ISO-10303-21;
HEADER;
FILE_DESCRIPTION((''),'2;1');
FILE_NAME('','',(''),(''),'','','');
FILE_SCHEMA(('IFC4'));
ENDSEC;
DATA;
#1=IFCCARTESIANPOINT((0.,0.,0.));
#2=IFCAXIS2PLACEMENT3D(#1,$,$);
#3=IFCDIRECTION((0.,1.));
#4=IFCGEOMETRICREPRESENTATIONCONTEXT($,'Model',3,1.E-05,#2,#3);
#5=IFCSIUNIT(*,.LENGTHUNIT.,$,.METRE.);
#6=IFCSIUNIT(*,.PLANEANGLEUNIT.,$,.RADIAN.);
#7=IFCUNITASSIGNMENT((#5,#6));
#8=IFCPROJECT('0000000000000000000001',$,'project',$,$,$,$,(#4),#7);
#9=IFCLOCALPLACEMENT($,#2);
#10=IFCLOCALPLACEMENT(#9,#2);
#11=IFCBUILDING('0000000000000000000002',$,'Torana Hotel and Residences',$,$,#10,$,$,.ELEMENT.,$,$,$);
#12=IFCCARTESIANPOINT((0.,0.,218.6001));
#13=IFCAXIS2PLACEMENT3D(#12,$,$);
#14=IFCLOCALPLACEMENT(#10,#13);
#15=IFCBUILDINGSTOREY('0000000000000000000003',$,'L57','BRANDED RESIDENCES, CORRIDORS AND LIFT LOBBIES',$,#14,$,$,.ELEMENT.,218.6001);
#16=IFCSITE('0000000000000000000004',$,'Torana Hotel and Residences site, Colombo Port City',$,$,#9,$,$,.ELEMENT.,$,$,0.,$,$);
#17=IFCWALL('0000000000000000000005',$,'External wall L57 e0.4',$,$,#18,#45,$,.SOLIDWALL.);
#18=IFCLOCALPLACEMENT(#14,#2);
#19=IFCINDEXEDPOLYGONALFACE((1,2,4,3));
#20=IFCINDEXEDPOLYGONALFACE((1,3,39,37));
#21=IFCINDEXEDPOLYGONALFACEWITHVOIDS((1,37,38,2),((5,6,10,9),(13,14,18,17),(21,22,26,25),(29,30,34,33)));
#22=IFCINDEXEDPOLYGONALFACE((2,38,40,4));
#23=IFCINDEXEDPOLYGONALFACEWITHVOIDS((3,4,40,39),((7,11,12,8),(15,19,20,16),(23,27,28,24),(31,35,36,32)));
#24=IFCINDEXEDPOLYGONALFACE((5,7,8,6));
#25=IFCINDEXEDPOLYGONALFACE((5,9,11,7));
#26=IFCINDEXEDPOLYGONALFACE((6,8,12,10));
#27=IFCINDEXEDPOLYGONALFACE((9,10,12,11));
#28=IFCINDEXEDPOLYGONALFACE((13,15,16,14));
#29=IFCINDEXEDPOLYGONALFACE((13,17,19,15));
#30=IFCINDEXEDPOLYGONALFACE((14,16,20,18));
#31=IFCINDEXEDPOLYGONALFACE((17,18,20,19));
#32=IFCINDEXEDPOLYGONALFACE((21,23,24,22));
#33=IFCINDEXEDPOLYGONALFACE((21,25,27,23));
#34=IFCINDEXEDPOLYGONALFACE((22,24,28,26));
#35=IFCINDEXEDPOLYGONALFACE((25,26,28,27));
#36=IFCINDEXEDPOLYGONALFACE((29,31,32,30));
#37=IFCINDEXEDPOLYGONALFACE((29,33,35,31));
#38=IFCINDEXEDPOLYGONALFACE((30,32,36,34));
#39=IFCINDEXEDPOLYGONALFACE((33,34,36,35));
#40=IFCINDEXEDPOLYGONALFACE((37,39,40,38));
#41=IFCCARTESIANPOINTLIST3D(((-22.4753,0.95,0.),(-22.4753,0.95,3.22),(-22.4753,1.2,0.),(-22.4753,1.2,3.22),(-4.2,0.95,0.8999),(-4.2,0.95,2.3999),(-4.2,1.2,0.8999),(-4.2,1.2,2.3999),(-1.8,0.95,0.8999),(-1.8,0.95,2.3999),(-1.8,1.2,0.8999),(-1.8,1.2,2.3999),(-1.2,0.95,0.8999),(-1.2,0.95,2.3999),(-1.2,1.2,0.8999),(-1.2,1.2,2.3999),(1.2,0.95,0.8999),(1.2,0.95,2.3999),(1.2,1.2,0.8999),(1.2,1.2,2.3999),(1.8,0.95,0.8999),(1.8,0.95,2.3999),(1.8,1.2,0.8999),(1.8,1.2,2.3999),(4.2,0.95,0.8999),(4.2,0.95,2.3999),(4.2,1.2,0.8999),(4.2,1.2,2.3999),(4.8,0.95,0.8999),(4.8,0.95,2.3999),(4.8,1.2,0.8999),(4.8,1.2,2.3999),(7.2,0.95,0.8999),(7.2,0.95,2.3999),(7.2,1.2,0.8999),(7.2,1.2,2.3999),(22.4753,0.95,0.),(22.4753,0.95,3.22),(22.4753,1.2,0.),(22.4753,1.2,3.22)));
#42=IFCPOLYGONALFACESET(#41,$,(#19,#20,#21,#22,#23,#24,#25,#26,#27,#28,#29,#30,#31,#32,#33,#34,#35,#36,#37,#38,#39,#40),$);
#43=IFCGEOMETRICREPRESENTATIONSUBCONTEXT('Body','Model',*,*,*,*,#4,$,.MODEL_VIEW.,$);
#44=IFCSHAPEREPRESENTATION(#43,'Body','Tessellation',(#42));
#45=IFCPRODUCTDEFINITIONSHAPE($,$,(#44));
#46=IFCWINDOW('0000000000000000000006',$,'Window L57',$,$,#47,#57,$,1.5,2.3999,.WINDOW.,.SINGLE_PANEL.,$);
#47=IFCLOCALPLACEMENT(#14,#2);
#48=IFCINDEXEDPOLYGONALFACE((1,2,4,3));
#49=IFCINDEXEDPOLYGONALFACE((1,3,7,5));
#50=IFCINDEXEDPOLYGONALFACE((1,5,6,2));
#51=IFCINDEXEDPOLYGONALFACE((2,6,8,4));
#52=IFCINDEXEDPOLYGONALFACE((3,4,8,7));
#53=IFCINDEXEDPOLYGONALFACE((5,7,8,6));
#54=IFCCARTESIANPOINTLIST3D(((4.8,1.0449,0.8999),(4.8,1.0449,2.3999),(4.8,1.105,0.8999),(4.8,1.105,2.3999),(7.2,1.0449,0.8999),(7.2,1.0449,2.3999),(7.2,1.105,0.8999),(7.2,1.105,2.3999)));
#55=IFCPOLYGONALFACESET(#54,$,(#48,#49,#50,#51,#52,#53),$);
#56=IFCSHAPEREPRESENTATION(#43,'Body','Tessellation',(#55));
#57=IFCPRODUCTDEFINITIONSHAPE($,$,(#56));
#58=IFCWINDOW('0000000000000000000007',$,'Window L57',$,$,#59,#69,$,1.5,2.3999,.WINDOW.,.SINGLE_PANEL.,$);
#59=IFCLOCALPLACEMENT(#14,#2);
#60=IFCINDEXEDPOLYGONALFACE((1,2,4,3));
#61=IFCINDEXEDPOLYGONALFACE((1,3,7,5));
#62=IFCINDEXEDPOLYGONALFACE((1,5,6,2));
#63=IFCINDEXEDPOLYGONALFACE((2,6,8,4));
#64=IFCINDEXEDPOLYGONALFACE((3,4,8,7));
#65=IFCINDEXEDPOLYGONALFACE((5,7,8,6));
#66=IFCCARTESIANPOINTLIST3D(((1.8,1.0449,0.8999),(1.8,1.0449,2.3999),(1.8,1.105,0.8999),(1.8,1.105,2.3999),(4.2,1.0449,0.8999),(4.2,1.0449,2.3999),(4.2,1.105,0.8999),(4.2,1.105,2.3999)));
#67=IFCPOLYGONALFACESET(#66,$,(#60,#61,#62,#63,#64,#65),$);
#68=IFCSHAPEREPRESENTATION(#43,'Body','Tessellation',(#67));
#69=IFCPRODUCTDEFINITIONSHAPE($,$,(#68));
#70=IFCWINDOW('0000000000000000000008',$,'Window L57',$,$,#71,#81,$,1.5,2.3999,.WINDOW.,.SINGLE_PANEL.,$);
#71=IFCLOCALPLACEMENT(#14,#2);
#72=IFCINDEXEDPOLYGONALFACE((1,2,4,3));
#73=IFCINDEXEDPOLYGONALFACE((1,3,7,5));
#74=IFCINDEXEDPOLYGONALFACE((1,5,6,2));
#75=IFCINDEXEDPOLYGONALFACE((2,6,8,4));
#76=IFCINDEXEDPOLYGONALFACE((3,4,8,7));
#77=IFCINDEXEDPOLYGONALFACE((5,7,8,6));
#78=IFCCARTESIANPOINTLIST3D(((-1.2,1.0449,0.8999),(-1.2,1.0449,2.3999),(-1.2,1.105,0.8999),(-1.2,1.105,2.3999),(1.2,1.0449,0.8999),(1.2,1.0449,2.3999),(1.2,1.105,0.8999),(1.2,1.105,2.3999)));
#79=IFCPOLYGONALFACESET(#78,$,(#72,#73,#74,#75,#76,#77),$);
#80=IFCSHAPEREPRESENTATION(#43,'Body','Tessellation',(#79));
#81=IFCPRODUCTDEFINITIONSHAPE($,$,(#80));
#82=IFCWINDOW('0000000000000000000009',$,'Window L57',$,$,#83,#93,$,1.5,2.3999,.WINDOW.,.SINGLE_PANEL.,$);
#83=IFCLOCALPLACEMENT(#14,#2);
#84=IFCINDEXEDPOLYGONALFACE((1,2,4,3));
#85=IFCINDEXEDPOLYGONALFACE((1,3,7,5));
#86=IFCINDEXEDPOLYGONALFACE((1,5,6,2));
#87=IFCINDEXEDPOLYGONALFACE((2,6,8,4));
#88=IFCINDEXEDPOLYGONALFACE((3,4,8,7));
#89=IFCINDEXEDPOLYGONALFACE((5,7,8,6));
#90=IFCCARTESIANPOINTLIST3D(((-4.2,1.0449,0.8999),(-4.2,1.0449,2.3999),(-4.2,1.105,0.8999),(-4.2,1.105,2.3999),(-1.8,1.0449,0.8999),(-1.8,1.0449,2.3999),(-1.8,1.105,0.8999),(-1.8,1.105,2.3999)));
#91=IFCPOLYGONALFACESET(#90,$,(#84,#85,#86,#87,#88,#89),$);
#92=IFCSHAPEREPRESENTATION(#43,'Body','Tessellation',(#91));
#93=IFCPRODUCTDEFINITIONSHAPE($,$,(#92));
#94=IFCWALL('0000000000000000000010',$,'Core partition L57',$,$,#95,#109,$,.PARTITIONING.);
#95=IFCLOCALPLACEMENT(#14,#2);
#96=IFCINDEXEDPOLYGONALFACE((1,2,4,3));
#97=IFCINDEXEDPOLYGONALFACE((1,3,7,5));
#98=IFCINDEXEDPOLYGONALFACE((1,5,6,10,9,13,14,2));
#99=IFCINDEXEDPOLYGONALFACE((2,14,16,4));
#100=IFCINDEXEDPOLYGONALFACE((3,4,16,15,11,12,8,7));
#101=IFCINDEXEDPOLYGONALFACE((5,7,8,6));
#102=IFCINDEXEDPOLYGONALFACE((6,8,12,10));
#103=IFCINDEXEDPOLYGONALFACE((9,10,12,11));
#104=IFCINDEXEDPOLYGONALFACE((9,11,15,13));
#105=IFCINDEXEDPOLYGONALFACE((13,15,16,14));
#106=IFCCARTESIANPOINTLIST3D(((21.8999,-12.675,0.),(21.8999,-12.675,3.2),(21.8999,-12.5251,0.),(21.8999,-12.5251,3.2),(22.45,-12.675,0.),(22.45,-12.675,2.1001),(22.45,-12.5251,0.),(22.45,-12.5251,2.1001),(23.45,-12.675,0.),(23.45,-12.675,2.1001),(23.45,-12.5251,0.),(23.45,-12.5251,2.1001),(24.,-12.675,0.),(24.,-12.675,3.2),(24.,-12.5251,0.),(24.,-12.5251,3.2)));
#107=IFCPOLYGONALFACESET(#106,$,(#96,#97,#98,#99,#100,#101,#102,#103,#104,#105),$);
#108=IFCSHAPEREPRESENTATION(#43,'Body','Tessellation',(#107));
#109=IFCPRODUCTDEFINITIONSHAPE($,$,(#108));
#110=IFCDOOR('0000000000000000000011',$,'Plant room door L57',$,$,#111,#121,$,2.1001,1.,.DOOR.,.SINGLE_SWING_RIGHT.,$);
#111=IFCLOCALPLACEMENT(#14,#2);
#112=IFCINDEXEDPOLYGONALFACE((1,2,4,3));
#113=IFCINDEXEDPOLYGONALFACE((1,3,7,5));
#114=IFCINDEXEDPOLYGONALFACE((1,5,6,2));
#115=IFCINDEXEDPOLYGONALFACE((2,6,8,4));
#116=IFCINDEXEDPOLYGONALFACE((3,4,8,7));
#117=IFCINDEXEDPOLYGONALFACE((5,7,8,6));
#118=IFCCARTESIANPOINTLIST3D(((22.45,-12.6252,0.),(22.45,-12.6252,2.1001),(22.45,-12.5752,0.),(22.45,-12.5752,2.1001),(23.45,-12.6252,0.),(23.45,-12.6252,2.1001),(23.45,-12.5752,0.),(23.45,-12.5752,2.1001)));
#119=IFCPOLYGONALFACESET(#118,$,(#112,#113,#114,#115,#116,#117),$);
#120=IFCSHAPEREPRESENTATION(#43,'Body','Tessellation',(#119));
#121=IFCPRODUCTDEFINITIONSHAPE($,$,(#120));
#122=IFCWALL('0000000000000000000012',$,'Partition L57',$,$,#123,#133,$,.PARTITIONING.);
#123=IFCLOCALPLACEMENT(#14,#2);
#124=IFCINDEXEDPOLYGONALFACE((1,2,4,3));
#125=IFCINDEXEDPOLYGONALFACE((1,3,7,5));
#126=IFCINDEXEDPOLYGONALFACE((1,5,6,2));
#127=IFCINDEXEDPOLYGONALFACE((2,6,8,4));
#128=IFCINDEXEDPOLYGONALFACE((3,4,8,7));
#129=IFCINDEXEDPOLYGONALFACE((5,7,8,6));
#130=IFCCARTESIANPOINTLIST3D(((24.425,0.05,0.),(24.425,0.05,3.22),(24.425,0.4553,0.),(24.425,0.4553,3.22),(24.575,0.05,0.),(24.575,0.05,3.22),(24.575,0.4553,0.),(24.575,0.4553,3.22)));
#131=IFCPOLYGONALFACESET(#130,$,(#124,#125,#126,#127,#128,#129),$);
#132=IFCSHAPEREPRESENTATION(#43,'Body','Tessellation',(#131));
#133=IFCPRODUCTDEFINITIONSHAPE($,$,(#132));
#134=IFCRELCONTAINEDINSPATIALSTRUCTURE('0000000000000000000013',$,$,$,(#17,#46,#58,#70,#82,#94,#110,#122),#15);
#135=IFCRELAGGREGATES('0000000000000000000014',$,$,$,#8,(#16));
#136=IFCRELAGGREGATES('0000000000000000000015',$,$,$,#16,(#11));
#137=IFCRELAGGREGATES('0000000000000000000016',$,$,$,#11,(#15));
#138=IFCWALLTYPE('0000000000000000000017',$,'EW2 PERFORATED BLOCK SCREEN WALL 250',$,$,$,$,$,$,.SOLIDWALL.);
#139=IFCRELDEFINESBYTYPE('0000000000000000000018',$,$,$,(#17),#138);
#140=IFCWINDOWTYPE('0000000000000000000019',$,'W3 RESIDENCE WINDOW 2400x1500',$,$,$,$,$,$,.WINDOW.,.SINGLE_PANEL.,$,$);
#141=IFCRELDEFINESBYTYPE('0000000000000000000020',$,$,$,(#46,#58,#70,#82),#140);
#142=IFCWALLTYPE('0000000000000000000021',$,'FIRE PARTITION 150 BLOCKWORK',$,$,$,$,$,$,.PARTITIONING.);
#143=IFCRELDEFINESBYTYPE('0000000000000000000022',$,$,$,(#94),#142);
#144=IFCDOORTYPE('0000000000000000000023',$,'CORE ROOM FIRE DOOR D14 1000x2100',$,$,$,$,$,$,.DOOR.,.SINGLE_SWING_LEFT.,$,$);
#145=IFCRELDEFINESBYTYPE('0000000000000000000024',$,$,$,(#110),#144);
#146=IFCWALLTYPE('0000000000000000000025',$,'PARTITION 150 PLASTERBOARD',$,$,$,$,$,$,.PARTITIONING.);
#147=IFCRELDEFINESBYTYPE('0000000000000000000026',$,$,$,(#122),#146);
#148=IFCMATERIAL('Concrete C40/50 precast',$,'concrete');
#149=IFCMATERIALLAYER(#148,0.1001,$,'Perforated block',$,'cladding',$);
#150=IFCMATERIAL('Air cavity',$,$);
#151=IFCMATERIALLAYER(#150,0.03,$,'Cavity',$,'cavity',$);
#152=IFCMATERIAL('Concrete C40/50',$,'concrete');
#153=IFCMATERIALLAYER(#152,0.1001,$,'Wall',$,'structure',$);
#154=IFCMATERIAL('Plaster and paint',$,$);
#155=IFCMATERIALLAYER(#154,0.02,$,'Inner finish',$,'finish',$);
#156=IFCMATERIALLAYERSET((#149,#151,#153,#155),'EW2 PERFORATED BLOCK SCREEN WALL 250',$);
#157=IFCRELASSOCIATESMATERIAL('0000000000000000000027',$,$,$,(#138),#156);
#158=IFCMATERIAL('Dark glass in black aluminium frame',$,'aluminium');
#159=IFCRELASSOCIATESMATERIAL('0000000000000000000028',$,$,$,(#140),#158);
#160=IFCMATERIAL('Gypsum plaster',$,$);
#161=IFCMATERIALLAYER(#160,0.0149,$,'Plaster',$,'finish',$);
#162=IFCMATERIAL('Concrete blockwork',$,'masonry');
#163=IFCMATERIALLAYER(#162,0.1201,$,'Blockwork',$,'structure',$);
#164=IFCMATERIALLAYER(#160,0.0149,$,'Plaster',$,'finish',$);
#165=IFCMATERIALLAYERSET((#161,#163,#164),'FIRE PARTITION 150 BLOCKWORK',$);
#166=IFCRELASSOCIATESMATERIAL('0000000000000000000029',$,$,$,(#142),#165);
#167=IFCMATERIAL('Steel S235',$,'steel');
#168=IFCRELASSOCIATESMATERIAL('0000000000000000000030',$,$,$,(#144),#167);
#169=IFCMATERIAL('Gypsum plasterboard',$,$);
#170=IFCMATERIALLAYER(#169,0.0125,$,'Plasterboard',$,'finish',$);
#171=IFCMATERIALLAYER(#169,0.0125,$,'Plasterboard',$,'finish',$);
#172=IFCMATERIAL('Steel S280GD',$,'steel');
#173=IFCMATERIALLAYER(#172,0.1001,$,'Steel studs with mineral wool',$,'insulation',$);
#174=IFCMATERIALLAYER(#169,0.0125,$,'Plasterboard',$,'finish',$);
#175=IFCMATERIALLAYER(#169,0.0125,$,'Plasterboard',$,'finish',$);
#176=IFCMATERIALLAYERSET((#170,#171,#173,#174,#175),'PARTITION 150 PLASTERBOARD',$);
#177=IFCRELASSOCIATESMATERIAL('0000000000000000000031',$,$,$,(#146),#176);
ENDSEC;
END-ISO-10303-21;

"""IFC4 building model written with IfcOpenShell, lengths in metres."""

from ifc_helpers import new_model, si_unit, direction, frame, frame_2d, origin, place, context, subcontext, project, spatial, rectangle, extrude, material, layer, layer_set, type_object, element, fill, save


model = new_model("IFC4")

# Units and contexts
model_context = context("Model", 3, precision=1e-05, world=origin(), true_north=direction((0.0, 1.0)))
body_context = subcontext(model_context, "Body", "Model", "MODEL_VIEW")
ifc_project = project(units=[si_unit("LENGTHUNIT", "METRE"), si_unit("PLANEANGLEUNIT", "RADIAN")], contexts=[model_context])

# Site, building, storey
site_placement = place(None, origin())
site = spatial("IfcSite", under=ifc_project, at=site_placement, Name="Torana Hotel and Residences site, Colombo Port City", CompositionType="ELEMENT", RefElevation=0.0)
building_placement = place(site_placement, origin())
building = spatial("IfcBuilding", under=site, at=building_placement, Name="Torana Hotel and Residences", CompositionType="ELEMENT")
storey_placement = place(building_placement, frame((0.0, 0.0, 218.6001)))
storey = spatial("IfcBuildingStorey", under=building, at=storey_placement, Name="L57", Description="BRANDED RESIDENCES, CORRIDORS AND LIFT LOBBIES", CompositionType="ELEMENT", Elevation=218.6001)

# Shared definitions
ifc_material_1 = material(Name="Steel S280GD", Category="steel")

# Wall, openings, windows
ifc_material_2 = material(Name="Concrete C40/50 precast", Category="concrete")
ifc_layer_1 = layer(ifc_material_2, 0.1001, Name="Perforated block", Category="cladding")
ifc_material_3 = material(Name="Air cavity")
ifc_layer_2 = layer(ifc_material_3, 0.03, Name="Cavity", Category="cavity")
ifc_material_4 = material(Name="Concrete C40/50", Category="concrete")
ifc_layer_3 = layer(ifc_material_4, 0.1001, Name="Wall", Category="structure")
ifc_material_5 = material(Name="Plaster and paint")
ifc_layer_4 = layer(ifc_material_5, 0.02, Name="Inner finish", Category="finish")
ifc_layer_set_1 = layer_set([ifc_layer_1, ifc_layer_2, ifc_layer_3, ifc_layer_4], Name="EW2 PERFORATED BLOCK SCREEN WALL 250")
wall_type_1 = type_object("IfcWallType", Name="EW2 PERFORATED BLOCK SCREEN WALL 250", PredefinedType="SOLIDWALL", material=ifc_layer_set_1)
wall_1_placement = place(storey_placement, frame((22.4753, 1.075, 0.0), z_axis=(0.0, 0.0, 1.0), x_axis=(-1.0, 0.0, 0.0)))
wall_1 = element("IfcWall", 1, at=wall_1_placement, inside=storey, type_object=wall_type_1, Name="External wall L57 e0.4", PredefinedType="SOLIDWALL", context=body_context, shape_type="SweptSolid", body=[
    extrude(rectangle(XDim=44.9507, YDim=0.25, at=frame_2d((22.4753, 0.0))), origin(), (0.0, 0.0, 1.0), 3.22),
])
opening_1_placement = place(wall_1_placement, frame((15.2754, 0.0, 0.8999)))
opening_1 = element("IfcOpeningElement", 2, at=opening_1_placement, cuts=wall_1, PredefinedType="OPENING", context=body_context, shape_type="SweptSolid", body=[
    extrude(rectangle(XDim=2.3999, YDim=1.5, at=frame_2d((1.2, 0.75))), frame((0.0, 0.135, 0.0), z_axis=(0.0, -1.0, 0.0), x_axis=(1.0, 0.0, 0.0)), (0.0, 0.0, 1.0), 0.27),
])
opening_2_placement = place(wall_1_placement, frame((18.2754, 0.0, 0.8999)))
opening_2 = element("IfcOpeningElement", 3, at=opening_2_placement, cuts=wall_1, PredefinedType="OPENING", context=body_context, shape_type="SweptSolid", body=[
    extrude(rectangle(XDim=2.3999, YDim=1.5, at=frame_2d((1.2, 0.75))), frame((0.0, 0.135, 0.0), z_axis=(0.0, -1.0, 0.0), x_axis=(1.0, 0.0, 0.0)), (0.0, 0.0, 1.0), 0.27),
])
opening_3_placement = place(wall_1_placement, frame((21.2754, 0.0, 0.8999)))
opening_3 = element("IfcOpeningElement", 4, at=opening_3_placement, cuts=wall_1, PredefinedType="OPENING", context=body_context, shape_type="SweptSolid", body=[
    extrude(rectangle(XDim=2.3999, YDim=1.5, at=frame_2d((1.2, 0.75))), frame((0.0, 0.135, 0.0), z_axis=(0.0, -1.0, 0.0), x_axis=(1.0, 0.0, 0.0)), (0.0, 0.0, 1.0), 0.27),
])
opening_4_placement = place(wall_1_placement, frame((24.2754, 0.0, 0.8999)))
opening_4 = element("IfcOpeningElement", 5, at=opening_4_placement, cuts=wall_1, PredefinedType="OPENING", context=body_context, shape_type="SweptSolid", body=[
    extrude(rectangle(XDim=2.3999, YDim=1.5, at=frame_2d((1.2, 0.75))), frame((0.0, 0.135, 0.0), z_axis=(0.0, -1.0, 0.0), x_axis=(1.0, 0.0, 0.0)), (0.0, 0.0, 1.0), 0.27),
])
ifc_material_6 = material(Name="Dark glass in black aluminium frame", Category="aluminium")
window_type = type_object("IfcWindowType", Name="W3 RESIDENCE WINDOW 2400x1500", PartitioningType="SINGLE_PANEL", PredefinedType="WINDOW", material=ifc_material_6)
window_1_placement = place(opening_1_placement, origin())
window_1 = element("IfcWindow", 6, at=window_1_placement, inside=storey, type_object=window_type, Name="Window L57", OverallHeight=1.5, OverallWidth=2.3999, PartitioningType="SINGLE_PANEL", PredefinedType="WINDOW", context=body_context, shape_type="SweptSolid", body=[
    extrude(rectangle(XDim=2.3999, YDim=1.5, at=frame_2d((1.2, 0.75))), frame((0.0, 0.03, 0.0), z_axis=(0.0, -1.0, 0.0), x_axis=(1.0, 0.0, 0.0)), (0.0, 0.0, 1.0), 0.0601),
])
fill(opening_1, window_1)
window_2_placement = place(opening_2_placement, origin())
window_2 = element("IfcWindow", 7, at=window_2_placement, inside=storey, type_object=window_type, Name="Window L57", OverallHeight=1.5, OverallWidth=2.3999, PartitioningType="SINGLE_PANEL", PredefinedType="WINDOW", context=body_context, shape_type="SweptSolid", body=[
    extrude(rectangle(XDim=2.3999, YDim=1.5, at=frame_2d((1.2, 0.75))), frame((0.0, 0.03, 0.0), z_axis=(0.0, -1.0, 0.0), x_axis=(1.0, 0.0, 0.0)), (0.0, 0.0, 1.0), 0.0601),
])
fill(opening_2, window_2)
window_3_placement = place(opening_3_placement, origin())
window_3 = element("IfcWindow", 8, at=window_3_placement, inside=storey, type_object=window_type, Name="Window L57", OverallHeight=1.5, OverallWidth=2.3999, PartitioningType="SINGLE_PANEL", PredefinedType="WINDOW", context=body_context, shape_type="SweptSolid", body=[
    extrude(rectangle(XDim=2.3999, YDim=1.5, at=frame_2d((1.2, 0.75))), frame((0.0, 0.03, 0.0), z_axis=(0.0, -1.0, 0.0), x_axis=(1.0, 0.0, 0.0)), (0.0, 0.0, 1.0), 0.0601),
])
fill(opening_3, window_3)
window_4_placement = place(opening_4_placement, origin())
window_4 = element("IfcWindow", 9, at=window_4_placement, inside=storey, type_object=window_type, Name="Window L57", OverallHeight=1.5, OverallWidth=2.3999, PartitioningType="SINGLE_PANEL", PredefinedType="WINDOW", context=body_context, shape_type="SweptSolid", body=[
    extrude(rectangle(XDim=2.3999, YDim=1.5, at=frame_2d((1.2, 0.75))), frame((0.0, 0.03, 0.0), z_axis=(0.0, -1.0, 0.0), x_axis=(1.0, 0.0, 0.0)), (0.0, 0.0, 1.0), 0.0601),
])
fill(opening_4, window_4)

# Wall, opening, door
ifc_material_7 = material(Name="Gypsum plaster")
ifc_layer_5 = layer(ifc_material_7, 0.0149, Name="Plaster", Category="finish")
ifc_material_8 = material(Name="Concrete blockwork", Category="masonry")
ifc_layer_6 = layer(ifc_material_8, 0.1201, Name="Blockwork", Category="structure")
ifc_layer_7 = layer(ifc_material_7, 0.0149, Name="Plaster", Category="finish")
ifc_layer_set_2 = layer_set([ifc_layer_5, ifc_layer_6, ifc_layer_7], Name="FIRE PARTITION 150 BLOCKWORK")
wall_type_2 = type_object("IfcWallType", Name="FIRE PARTITION 150 BLOCKWORK", PredefinedType="PARTITIONING", material=ifc_layer_set_2)
wall_2_placement = place(storey_placement, frame((21.8999, -12.6001, 0.0), z_axis=(0.0, 0.0, 1.0), x_axis=(1.0, 0.0, 0.0)))
wall_2 = element("IfcWall", 10, at=wall_2_placement, inside=storey, type_object=wall_type_2, Name="Core partition L57", PredefinedType="PARTITIONING", context=body_context, shape_type="SweptSolid", body=[
    extrude(rectangle(XDim=2.1001, YDim=0.1499, at=frame_2d((1.05, 0.0))), origin(), (0.0, 0.0, 1.0), 3.2),
])
opening_5_placement = place(wall_2_placement, frame((0.55, 0.0, 0.0)))
opening_5 = element("IfcOpeningElement", 11, at=opening_5_placement, cuts=wall_2, PredefinedType="OPENING", context=body_context, shape_type="SweptSolid", body=[
    extrude(rectangle(XDim=1.0, YDim=2.1001, at=frame_2d((0.5, 1.05))), frame((0.0, 0.085, 0.0), z_axis=(0.0, -1.0, 0.0), x_axis=(1.0, 0.0, 0.0)), (0.0, 0.0, 1.0), 0.1699),
])
ifc_material_9 = material(Name="Steel S235", Category="steel")
door_type_1 = type_object("IfcDoorType", Name="CORE ROOM FIRE DOOR D14 1000x2100", OperationType="SINGLE_SWING_LEFT", PredefinedType="DOOR", material=ifc_material_9)
door_1_placement = place(opening_5_placement, origin())
door_1 = element("IfcDoor", 12, at=door_1_placement, inside=storey, type_object=door_type_1, Name="Plant room door L57", OperationType="SINGLE_SWING_RIGHT", OverallHeight=2.1001, OverallWidth=1.0, PredefinedType="DOOR", context=body_context, shape_type="SweptSolid", body=[
    extrude(rectangle(XDim=1.0, YDim=2.1001, at=frame_2d((0.5, 1.05))), frame((0.0, 0.0249, 0.0), z_axis=(0.0, -1.0, 0.0), x_axis=(1.0, 0.0, 0.0)), (0.0, 0.0, 1.0), 0.05),
])
fill(opening_5, door_1)

# Wall
ifc_material_10 = material(Name="Gypsum plasterboard")
ifc_layer_8 = layer(ifc_material_10, 0.0125, Name="Plasterboard", Category="finish")
ifc_layer_9 = layer(ifc_material_10, 0.0125, Name="Plasterboard", Category="finish")
ifc_layer_10 = layer(ifc_material_1, 0.1001, Name="Steel studs with mineral wool", Category="insulation")
ifc_layer_11 = layer(ifc_material_10, 0.0125, Name="Plasterboard", Category="finish")
ifc_layer_12 = layer(ifc_material_10, 0.0125, Name="Plasterboard", Category="finish")
ifc_layer_set_3 = layer_set([ifc_layer_8, ifc_layer_9, ifc_layer_10, ifc_layer_11, ifc_layer_12], Name="PARTITION 150 PLASTERBOARD")
wall_type_3 = type_object("IfcWallType", Name="PARTITION 150 PLASTERBOARD", PredefinedType="PARTITIONING", material=ifc_layer_set_3)
wall_3_placement = place(storey_placement, frame((24.5, 0.05, 0.0), z_axis=(0.0, 0.0, 1.0), x_axis=(0.0, 1.0, 0.0)))
element("IfcWall", 13, at=wall_3_placement, inside=storey, type_object=wall_type_3, Name="Partition L57", PredefinedType="PARTITIONING", context=body_context, shape_type="SweptSolid", body=[
    extrude(rectangle(XDim=0.4053, YDim=0.1499, at=frame_2d((0.2026, 0.0))), origin(), (0.0, 0.0, 1.0), 3.22),
])

save(model, "model.ifc")
